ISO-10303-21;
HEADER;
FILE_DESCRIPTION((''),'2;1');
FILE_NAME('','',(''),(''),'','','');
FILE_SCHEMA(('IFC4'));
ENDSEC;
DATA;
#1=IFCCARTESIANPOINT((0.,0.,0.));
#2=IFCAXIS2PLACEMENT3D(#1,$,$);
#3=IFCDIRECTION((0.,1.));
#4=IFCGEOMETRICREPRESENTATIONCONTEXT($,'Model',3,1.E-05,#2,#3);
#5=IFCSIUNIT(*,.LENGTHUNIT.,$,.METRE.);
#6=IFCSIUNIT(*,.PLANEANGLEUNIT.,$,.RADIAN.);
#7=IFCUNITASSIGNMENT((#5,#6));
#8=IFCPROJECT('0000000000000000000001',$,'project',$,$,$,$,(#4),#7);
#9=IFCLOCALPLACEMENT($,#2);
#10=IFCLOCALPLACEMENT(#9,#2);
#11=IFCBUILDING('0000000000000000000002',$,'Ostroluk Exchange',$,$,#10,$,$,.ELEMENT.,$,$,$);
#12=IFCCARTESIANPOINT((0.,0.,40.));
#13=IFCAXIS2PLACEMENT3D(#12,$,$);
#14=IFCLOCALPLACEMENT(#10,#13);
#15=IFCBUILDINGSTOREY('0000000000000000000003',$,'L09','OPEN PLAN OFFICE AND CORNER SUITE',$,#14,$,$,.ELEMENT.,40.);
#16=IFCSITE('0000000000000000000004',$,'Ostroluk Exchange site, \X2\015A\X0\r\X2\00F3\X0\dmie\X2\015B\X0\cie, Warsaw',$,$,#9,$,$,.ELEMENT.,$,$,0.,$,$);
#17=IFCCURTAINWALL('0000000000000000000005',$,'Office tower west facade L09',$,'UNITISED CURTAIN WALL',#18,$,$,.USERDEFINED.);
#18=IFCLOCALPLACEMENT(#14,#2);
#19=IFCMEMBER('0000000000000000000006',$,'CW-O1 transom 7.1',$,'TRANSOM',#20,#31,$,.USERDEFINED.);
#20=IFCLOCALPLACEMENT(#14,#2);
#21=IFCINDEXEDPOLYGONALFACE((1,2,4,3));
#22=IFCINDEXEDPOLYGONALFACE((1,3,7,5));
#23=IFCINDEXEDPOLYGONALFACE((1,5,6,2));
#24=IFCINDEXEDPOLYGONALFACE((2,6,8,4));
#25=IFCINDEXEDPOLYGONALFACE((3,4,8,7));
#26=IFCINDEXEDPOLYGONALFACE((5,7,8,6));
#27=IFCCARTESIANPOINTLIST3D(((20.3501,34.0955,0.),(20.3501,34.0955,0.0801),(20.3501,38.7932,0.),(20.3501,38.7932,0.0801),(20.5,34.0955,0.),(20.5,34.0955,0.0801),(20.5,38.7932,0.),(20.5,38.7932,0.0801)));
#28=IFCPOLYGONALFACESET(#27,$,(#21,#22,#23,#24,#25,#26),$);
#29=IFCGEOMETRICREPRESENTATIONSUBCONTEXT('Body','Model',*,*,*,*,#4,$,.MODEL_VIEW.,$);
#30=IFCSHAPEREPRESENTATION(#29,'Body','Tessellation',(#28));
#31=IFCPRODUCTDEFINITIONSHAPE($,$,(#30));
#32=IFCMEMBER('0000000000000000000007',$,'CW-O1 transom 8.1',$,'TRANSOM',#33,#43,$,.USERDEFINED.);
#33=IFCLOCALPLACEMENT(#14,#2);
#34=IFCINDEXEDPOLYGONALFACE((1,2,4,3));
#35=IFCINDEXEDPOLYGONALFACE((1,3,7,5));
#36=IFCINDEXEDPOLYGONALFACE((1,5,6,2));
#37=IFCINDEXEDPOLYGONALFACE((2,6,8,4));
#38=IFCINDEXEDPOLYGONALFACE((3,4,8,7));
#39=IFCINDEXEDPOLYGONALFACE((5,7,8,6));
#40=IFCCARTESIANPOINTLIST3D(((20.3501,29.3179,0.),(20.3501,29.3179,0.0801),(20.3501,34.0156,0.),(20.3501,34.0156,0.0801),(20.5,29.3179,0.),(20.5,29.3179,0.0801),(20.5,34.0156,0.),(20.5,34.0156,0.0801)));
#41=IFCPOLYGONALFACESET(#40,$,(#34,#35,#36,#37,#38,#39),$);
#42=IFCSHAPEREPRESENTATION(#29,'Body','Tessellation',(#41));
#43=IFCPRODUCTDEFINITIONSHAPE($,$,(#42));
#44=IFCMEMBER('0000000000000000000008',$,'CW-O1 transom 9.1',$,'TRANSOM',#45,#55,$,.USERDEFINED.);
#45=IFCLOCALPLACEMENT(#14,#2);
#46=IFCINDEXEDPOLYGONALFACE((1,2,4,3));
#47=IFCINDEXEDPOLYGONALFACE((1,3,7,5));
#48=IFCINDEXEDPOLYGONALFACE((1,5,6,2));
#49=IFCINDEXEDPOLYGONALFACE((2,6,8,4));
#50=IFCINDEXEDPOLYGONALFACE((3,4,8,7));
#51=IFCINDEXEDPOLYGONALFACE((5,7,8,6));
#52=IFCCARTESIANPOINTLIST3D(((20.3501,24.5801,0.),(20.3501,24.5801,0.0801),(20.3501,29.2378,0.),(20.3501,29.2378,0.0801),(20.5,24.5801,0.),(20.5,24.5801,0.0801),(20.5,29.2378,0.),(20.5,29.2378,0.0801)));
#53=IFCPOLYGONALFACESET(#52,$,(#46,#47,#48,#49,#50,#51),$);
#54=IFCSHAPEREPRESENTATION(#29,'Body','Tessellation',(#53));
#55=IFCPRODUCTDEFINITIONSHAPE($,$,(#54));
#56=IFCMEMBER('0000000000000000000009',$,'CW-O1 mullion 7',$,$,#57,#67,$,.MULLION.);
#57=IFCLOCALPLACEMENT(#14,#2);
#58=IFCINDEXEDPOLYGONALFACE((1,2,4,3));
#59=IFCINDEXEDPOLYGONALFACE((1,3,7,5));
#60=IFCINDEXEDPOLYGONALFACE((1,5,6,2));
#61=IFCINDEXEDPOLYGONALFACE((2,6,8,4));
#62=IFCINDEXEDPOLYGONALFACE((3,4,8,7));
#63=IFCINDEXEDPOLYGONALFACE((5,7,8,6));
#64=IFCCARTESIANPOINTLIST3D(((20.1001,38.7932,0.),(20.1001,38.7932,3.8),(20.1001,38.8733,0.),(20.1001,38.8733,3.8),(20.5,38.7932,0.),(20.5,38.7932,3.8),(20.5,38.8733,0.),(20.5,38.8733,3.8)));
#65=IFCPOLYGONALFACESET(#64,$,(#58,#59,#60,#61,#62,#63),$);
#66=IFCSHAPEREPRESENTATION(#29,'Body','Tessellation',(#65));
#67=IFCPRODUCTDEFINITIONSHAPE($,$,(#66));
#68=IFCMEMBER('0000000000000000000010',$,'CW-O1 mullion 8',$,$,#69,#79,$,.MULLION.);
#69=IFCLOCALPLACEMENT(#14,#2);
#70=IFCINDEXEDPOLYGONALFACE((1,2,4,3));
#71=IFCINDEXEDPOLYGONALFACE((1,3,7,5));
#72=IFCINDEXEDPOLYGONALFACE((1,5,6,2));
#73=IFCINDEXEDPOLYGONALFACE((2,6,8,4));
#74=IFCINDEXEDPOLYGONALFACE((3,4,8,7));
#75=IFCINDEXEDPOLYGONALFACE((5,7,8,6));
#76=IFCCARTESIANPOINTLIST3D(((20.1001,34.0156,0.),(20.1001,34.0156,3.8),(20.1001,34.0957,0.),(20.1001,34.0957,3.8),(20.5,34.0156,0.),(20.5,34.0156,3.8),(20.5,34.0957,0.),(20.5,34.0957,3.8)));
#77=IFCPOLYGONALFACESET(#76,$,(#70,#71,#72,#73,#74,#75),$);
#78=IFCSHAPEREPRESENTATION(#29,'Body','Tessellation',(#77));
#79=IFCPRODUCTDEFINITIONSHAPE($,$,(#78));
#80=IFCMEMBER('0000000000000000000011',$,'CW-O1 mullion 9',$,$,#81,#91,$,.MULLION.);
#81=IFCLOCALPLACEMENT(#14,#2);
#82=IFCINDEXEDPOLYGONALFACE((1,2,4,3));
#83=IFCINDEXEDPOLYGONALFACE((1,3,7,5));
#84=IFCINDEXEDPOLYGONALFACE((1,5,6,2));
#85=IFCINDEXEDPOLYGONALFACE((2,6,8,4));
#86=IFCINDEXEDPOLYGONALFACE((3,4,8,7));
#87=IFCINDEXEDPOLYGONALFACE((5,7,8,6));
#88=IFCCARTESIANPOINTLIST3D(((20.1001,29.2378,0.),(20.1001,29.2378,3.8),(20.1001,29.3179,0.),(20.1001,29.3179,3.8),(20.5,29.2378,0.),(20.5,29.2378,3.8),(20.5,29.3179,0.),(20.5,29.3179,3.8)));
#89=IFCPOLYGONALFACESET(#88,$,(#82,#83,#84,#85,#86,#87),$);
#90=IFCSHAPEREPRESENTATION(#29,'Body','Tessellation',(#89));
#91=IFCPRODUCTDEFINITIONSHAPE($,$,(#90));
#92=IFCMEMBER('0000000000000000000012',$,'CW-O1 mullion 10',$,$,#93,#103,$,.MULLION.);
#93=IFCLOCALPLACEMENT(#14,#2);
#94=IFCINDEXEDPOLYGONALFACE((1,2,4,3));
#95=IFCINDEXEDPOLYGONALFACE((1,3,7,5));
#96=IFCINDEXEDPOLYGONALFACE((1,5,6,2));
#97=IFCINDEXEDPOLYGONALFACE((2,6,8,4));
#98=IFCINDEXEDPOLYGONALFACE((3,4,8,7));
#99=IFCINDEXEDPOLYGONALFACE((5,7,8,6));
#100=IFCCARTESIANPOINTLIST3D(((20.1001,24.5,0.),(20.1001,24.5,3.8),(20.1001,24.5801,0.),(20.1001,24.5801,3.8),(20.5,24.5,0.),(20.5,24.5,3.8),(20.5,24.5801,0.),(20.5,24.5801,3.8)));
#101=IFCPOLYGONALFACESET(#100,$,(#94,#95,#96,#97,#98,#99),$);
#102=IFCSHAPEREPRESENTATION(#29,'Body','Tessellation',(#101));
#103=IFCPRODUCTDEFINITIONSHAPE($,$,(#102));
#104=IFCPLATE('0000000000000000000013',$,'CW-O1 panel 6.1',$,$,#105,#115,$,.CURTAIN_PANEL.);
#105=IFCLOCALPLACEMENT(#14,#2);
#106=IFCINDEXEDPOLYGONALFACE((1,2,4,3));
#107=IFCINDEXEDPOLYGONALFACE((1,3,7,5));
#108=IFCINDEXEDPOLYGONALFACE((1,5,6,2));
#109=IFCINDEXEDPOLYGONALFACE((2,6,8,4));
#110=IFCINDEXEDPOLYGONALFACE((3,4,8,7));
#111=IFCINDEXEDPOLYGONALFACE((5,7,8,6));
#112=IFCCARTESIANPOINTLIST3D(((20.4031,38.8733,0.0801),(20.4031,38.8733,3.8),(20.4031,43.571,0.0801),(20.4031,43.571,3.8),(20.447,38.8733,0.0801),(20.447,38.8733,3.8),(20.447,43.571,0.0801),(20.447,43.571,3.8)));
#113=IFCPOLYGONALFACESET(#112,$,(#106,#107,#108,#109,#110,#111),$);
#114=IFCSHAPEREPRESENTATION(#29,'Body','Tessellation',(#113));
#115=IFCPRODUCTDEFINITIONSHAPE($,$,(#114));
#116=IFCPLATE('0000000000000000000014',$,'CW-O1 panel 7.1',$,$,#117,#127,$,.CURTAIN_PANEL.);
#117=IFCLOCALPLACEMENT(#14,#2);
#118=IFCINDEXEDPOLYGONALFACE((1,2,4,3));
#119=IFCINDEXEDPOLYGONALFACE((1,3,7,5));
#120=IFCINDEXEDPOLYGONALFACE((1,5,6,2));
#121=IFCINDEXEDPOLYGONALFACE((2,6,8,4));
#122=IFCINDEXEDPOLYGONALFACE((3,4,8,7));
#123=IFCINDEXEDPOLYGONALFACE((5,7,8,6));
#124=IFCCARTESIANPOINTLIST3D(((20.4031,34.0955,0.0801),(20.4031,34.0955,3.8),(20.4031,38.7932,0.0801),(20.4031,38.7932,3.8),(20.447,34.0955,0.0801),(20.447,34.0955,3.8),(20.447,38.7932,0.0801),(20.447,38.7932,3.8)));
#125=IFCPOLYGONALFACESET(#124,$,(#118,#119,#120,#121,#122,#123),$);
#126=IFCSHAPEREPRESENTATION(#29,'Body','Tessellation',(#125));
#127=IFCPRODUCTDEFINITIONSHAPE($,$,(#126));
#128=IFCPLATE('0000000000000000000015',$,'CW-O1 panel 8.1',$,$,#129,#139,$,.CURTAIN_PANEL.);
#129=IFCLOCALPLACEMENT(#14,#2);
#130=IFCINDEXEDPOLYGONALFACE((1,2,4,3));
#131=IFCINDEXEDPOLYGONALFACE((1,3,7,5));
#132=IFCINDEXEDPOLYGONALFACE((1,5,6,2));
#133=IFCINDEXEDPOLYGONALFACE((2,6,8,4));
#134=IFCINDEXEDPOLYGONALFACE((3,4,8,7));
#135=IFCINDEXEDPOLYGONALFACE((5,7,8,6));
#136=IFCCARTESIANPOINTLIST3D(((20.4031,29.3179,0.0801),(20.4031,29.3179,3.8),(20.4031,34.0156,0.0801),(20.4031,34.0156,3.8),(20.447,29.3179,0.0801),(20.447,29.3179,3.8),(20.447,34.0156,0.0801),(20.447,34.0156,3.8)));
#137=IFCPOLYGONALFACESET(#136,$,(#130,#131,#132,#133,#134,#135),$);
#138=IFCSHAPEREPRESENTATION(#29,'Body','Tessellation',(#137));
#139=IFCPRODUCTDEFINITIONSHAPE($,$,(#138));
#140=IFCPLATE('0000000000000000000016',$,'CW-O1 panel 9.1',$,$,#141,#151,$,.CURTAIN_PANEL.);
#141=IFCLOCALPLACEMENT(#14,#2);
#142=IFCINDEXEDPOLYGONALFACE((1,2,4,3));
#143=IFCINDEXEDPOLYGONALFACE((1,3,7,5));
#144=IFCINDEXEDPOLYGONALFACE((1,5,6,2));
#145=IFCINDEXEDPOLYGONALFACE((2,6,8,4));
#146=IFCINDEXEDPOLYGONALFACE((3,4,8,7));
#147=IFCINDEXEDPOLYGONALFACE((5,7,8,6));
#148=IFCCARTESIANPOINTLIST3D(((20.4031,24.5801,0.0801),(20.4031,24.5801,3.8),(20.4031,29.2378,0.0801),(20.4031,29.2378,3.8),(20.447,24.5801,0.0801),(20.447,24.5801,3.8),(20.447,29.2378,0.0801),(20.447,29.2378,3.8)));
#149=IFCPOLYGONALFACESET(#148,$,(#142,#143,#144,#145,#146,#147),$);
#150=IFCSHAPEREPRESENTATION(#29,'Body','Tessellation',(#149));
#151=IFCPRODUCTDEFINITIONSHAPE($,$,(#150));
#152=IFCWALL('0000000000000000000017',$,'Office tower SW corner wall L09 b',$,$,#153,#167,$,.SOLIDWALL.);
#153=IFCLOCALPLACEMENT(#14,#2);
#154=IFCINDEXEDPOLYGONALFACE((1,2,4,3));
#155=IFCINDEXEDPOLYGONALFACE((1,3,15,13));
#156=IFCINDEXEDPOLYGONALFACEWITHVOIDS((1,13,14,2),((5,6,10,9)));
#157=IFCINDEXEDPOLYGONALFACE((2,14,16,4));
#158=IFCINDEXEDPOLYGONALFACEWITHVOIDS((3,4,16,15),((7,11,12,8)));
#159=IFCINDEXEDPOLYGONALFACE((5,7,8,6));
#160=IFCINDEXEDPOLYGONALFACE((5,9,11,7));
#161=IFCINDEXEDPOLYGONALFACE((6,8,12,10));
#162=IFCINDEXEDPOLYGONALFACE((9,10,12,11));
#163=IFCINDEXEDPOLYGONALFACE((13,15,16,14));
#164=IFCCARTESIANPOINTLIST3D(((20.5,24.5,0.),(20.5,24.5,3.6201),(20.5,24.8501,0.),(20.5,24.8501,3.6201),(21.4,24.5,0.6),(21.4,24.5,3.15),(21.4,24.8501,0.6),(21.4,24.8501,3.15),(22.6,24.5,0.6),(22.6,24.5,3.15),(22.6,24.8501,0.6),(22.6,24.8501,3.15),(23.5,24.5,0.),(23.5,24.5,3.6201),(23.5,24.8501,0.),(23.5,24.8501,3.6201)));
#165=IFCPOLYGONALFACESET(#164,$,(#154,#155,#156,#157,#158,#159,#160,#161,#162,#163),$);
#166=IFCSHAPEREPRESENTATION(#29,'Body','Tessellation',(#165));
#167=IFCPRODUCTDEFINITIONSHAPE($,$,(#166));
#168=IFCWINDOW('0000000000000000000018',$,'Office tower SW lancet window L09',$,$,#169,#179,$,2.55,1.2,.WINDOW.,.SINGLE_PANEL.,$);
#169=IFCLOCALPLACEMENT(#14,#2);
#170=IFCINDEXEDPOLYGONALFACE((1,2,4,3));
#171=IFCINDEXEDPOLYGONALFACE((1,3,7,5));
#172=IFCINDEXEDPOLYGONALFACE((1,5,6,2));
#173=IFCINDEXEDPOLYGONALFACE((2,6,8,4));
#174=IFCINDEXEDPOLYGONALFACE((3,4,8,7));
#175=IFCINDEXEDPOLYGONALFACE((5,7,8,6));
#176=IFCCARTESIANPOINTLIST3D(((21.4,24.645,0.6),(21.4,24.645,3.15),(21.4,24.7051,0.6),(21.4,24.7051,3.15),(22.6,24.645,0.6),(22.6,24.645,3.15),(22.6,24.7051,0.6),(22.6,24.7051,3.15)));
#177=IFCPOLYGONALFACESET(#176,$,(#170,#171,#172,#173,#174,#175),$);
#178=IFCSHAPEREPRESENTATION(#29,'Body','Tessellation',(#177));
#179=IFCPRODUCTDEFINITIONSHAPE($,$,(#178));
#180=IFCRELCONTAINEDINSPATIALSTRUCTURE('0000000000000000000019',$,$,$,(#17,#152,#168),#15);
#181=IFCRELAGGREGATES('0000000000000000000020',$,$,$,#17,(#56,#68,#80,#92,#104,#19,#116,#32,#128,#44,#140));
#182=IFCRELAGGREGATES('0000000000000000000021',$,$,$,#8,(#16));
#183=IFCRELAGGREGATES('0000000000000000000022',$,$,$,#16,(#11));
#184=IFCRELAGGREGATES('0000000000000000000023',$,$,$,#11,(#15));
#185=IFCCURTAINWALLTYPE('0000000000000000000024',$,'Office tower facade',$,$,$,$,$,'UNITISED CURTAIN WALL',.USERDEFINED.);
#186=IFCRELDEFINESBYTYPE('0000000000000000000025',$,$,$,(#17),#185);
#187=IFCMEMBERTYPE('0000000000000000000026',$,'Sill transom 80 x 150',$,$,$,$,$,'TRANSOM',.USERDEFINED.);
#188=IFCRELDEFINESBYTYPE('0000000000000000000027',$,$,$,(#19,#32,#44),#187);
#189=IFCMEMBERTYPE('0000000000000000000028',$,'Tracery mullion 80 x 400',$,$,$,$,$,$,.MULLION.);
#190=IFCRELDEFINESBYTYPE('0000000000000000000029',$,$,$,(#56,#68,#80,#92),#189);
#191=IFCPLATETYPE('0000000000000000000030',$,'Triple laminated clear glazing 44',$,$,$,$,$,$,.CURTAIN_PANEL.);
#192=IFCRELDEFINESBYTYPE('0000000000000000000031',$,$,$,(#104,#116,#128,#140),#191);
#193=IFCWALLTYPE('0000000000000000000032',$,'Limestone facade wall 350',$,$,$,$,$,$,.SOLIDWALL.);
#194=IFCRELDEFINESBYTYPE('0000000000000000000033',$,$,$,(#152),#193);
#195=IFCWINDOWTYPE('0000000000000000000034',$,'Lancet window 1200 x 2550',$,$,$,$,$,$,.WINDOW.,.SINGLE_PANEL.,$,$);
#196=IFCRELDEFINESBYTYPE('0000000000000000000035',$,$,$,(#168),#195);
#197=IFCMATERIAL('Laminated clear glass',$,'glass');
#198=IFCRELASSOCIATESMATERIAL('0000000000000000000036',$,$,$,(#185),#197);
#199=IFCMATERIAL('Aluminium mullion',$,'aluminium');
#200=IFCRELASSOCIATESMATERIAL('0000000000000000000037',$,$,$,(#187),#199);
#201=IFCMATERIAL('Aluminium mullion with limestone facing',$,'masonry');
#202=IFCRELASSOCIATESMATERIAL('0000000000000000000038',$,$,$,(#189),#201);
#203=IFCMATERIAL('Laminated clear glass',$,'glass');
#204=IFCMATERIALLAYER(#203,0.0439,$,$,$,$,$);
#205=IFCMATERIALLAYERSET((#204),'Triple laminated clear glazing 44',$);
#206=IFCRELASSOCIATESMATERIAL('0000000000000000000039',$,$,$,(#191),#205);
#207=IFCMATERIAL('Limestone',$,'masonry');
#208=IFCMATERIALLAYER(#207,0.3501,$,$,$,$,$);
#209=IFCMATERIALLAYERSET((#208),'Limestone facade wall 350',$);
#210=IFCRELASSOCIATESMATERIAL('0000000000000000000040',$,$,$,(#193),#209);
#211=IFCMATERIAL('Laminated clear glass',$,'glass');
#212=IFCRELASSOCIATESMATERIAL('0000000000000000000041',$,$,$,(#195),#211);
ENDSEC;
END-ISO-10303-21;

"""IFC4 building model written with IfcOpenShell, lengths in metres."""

from ifc_helpers import new_model, si_unit, direction, frame, frame_2d, origin, origin_2d, place, context, subcontext, project, spatial, rectangle, extrude, material, layer, layer_set, material_profile, profile_set, type_object, element, fill, aggregate, save


model = new_model("IFC4")

# Units and contexts
model_context = context("Model", 3, precision=1e-05, world=origin(), true_north=direction((0.0, 1.0)))
body_context = subcontext(model_context, "Body", "Model", "MODEL_VIEW")
ifc_project = project(units=[si_unit("LENGTHUNIT", "METRE"), si_unit("PLANEANGLEUNIT", "RADIAN")], contexts=[model_context])

# Site, building, storey
site_placement = place(None, origin())
site = spatial("IfcSite", under=ifc_project, at=site_placement, Name="Ostroluk Exchange site, Śródmieście, Warsaw", CompositionType="ELEMENT", RefElevation=0.0)
building_placement = place(site_placement, origin())
building = spatial("IfcBuilding", under=site, at=building_placement, Name="Ostroluk Exchange", CompositionType="ELEMENT")
storey_placement = place(building_placement, frame((0.0, 0.0, 40.0)))
storey = spatial("IfcBuildingStorey", under=building, at=storey_placement, Name="L09", Description="OPEN PLAN OFFICE AND CORNER SUITE", CompositionType="ELEMENT", Elevation=40.0)

# Curtain wall, members, plates
ifc_material_1 = material(Name="Laminated clear glass", Category="glass")
curtain_wall_type = type_object("IfcCurtainWallType", Name="Office tower facade", ElementType="UNITISED CURTAIN WALL", PredefinedType="USERDEFINED", material=ifc_material_1)
curtain_wall_placement = place(storey_placement, origin())
curtain_wall = element("IfcCurtainWall", 1, at=curtain_wall_placement, inside=storey, type_object=curtain_wall_type, Name="Office tower west facade L09", ObjectType="UNITISED CURTAIN WALL", PredefinedType="USERDEFINED")
ifc_material_2 = material(Name="Aluminium mullion", Category="aluminium")
ifc_material_profile_1 = material_profile(ifc_material_2, rectangle(XDim=0.1499, YDim=0.0801, at=origin_2d()), Name="Sill transom 80 x 150")
ifc_profile_set_1 = profile_set([ifc_material_profile_1], Name="Aluminium mullion")
member_type_1 = type_object("IfcMemberType", Name="Sill transom 80 x 150", ElementType="TRANSOM", PredefinedType="USERDEFINED", material=ifc_profile_set_1)
member_1_placement = place(storey_placement, frame((20.425, 38.7932, 0.04), z_axis=(0.0, -1.0, 0.0), x_axis=(1.0, 0.0, 0.0)))
member_1 = element("IfcMember", 2, at=member_1_placement, type_object=member_type_1, Name="CW-O1 transom 7.1", ObjectType="TRANSOM", PredefinedType="USERDEFINED", context=body_context, shape_type="SweptSolid", body=[
    extrude(rectangle(XDim=0.1499, YDim=0.0801, at=origin_2d()), origin(), (0.0, 0.0, 1.0), 4.6978),
])
member_2_placement = place(storey_placement, frame((20.425, 34.0156, 0.04), z_axis=(0.0, -1.0, 0.0), x_axis=(1.0, 0.0, 0.0)))
member_2 = element("IfcMember", 3, at=member_2_placement, type_object=member_type_1, Name="CW-O1 transom 8.1", ObjectType="TRANSOM", PredefinedType="USERDEFINED", context=body_context, shape_type="SweptSolid", body=[
    extrude(rectangle(XDim=0.1499, YDim=0.0801, at=origin_2d()), origin(), (0.0, 0.0, 1.0), 4.6978),
])
member_3_placement = place(storey_placement, frame((20.425, 29.2378, 0.04), z_axis=(0.0, -1.0, 0.0), x_axis=(1.0, 0.0, 0.0)))
member_3 = element("IfcMember", 4, at=member_3_placement, type_object=member_type_1, Name="CW-O1 transom 9.1", ObjectType="TRANSOM", PredefinedType="USERDEFINED", context=body_context, shape_type="SweptSolid", body=[
    extrude(rectangle(XDim=0.1499, YDim=0.0801, at=origin_2d()), origin(), (0.0, 0.0, 1.0), 4.6577),
])
ifc_material_3 = material(Name="Aluminium mullion with limestone facing", Category="masonry")
ifc_material_profile_2 = material_profile(ifc_material_3, rectangle(XDim=0.3999, YDim=0.0801, at=origin_2d()), Name="Tracery mullion 80 x 400")
ifc_profile_set_2 = profile_set([ifc_material_profile_2], Name="Aluminium mullion with limestone facing")
member_type_2 = type_object("IfcMemberType", Name="Tracery mullion 80 x 400", PredefinedType="MULLION", material=ifc_profile_set_2)
member_4_placement = place(storey_placement, frame((20.3, 38.8333, 0.0), z_axis=(0.0, 0.0, 1.0), x_axis=(1.0, 0.0, 0.0)))
member_4 = element("IfcMember", 5, at=member_4_placement, type_object=member_type_2, Name="CW-O1 mullion 7", PredefinedType="MULLION", context=body_context, shape_type="SweptSolid", body=[
    extrude(rectangle(XDim=0.3999, YDim=0.0801, at=origin_2d()), origin(), (0.0, 0.0, 1.0), 3.8),
])
member_5_placement = place(storey_placement, frame((20.3, 34.0557, 0.0), z_axis=(0.0, 0.0, 1.0), x_axis=(1.0, 0.0, 0.0)))
member_5 = element("IfcMember", 6, at=member_5_placement, type_object=member_type_2, Name="CW-O1 mullion 8", PredefinedType="MULLION", context=body_context, shape_type="SweptSolid", body=[
    extrude(rectangle(XDim=0.3999, YDim=0.0801, at=origin_2d()), origin(), (0.0, 0.0, 1.0), 3.8),
])
member_6_placement = place(storey_placement, frame((20.3, 29.2778, 0.0), z_axis=(0.0, 0.0, 1.0), x_axis=(1.0, 0.0, 0.0)))
member_6 = element("IfcMember", 7, at=member_6_placement, type_object=member_type_2, Name="CW-O1 mullion 9", PredefinedType="MULLION", context=body_context, shape_type="SweptSolid", body=[
    extrude(rectangle(XDim=0.3999, YDim=0.0801, at=origin_2d()), origin(), (0.0, 0.0, 1.0), 3.8),
])
member_7_placement = place(storey_placement, frame((20.3, 24.54, 0.0), z_axis=(0.0, 0.0, 1.0), x_axis=(1.0, 0.0, 0.0)))
member_7 = element("IfcMember", 8, at=member_7_placement, type_object=member_type_2, Name="CW-O1 mullion 10", PredefinedType="MULLION", context=body_context, shape_type="SweptSolid", body=[
    extrude(rectangle(XDim=0.3999, YDim=0.0801, at=origin_2d()), origin(), (0.0, 0.0, 1.0), 3.8),
])
ifc_material_4 = material(Name="Laminated clear glass", Category="glass")
ifc_layer_1 = layer(ifc_material_4, 0.0439)
ifc_layer_set_1 = layer_set([ifc_layer_1], Name="Triple laminated clear glazing 44")
plate_type = type_object("IfcPlateType", Name="Triple laminated clear glazing 44", PredefinedType="CURTAIN_PANEL", material=ifc_layer_set_1)
plate_1_placement = place(storey_placement, frame((20.425, 41.2222, 0.0801), z_axis=(0.0, 0.0, 1.0), x_axis=(0.0, -1.0, 0.0)))
plate_1 = element("IfcPlate", 9, at=plate_1_placement, type_object=plate_type, Name="CW-O1 panel 6.1", PredefinedType="CURTAIN_PANEL", context=body_context, shape_type="SweptSolid", body=[
    extrude(rectangle(XDim=4.6978, YDim=0.0439, at=origin_2d()), origin(), (0.0, 0.0, 1.0), 3.72),
])
plate_2_placement = place(storey_placement, frame((20.425, 36.4443, 0.0801), z_axis=(0.0, 0.0, 1.0), x_axis=(0.0, -1.0, 0.0)))
plate_2 = element("IfcPlate", 10, at=plate_2_placement, type_object=plate_type, Name="CW-O1 panel 7.1", PredefinedType="CURTAIN_PANEL", context=body_context, shape_type="SweptSolid", body=[
    extrude(rectangle(XDim=4.6978, YDim=0.0439, at=origin_2d()), origin(), (0.0, 0.0, 1.0), 3.72),
])
plate_3_placement = place(storey_placement, frame((20.425, 31.6667, 0.0801), z_axis=(0.0, 0.0, 1.0), x_axis=(0.0, -1.0, 0.0)))
plate_3 = element("IfcPlate", 11, at=plate_3_placement, type_object=plate_type, Name="CW-O1 panel 8.1", PredefinedType="CURTAIN_PANEL", context=body_context, shape_type="SweptSolid", body=[
    extrude(rectangle(XDim=4.6978, YDim=0.0439, at=origin_2d()), origin(), (0.0, 0.0, 1.0), 3.72),
])
plate_4_placement = place(storey_placement, frame((20.425, 26.9089, 0.0801), z_axis=(0.0, 0.0, 1.0), x_axis=(0.0, -1.0, 0.0)))
plate_4 = element("IfcPlate", 12, at=plate_4_placement, type_object=plate_type, Name="CW-O1 panel 9.1", PredefinedType="CURTAIN_PANEL", context=body_context, shape_type="SweptSolid", body=[
    extrude(rectangle(XDim=4.6577, YDim=0.0439, at=origin_2d()), origin(), (0.0, 0.0, 1.0), 3.72),
])
aggregate(curtain_wall, [member_4, member_5, member_6, member_7, plate_1, member_1, plate_2, member_2, plate_3, member_3, plate_4])

# Wall, opening, window
ifc_material_5 = material(Name="Limestone", Category="masonry")
ifc_layer_2 = layer(ifc_material_5, 0.3501)
ifc_layer_set_2 = layer_set([ifc_layer_2], Name="Limestone facade wall 350")
wall_type = type_object("IfcWallType", Name="Limestone facade wall 350", PredefinedType="SOLIDWALL", material=ifc_layer_set_2)
wall_placement = place(storey_placement, frame((23.5, 24.675, 0.0), z_axis=(0.0, 0.0, 1.0), x_axis=(-1.0, 0.0, 0.0)))
wall = element("IfcWall", 13, at=wall_placement, inside=storey, type_object=wall_type, Name="Office tower SW corner wall L09 b", PredefinedType="SOLIDWALL", context=body_context, shape_type="SweptSolid", body=[
    extrude(rectangle(XDim=3.0, YDim=0.3501, at=frame_2d((1.5, 0.0))), origin(), (0.0, 0.0, 1.0), 3.6201),
])
opening_placement = place(wall_placement, frame((0.8999, 0.0, 0.6001)))
opening = element("IfcOpeningElement", 14, at=opening_placement, cuts=wall, PredefinedType="OPENING", context=body_context, shape_type="SweptSolid", body=[
    extrude(rectangle(XDim=1.2, YDim=2.55, at=frame_2d((0.6001, 1.2749))), frame((0.0, 0.1851, 0.0), z_axis=(0.0, -1.0, 0.0), x_axis=(1.0, 0.0, 0.0)), (0.0, 0.0, 1.0), 0.3701),
])
ifc_material_6 = material(Name="Laminated clear glass", Category="glass")
window_type = type_object("IfcWindowType", Name="Lancet window 1200 x 2550", PartitioningType="SINGLE_PANEL", PredefinedType="WINDOW", material=ifc_material_6)
window_placement = place(opening_placement, origin())
window = element("IfcWindow", 15, at=window_placement, inside=storey, type_object=window_type, Name="Office tower SW lancet window L09", OverallHeight=2.55, OverallWidth=1.2, PartitioningType="SINGLE_PANEL", PredefinedType="WINDOW", context=body_context, shape_type="SweptSolid", body=[
    extrude(rectangle(XDim=1.2, YDim=2.55, at=frame_2d((0.6001, 1.2749))), frame((0.0, 0.03, 0.0), z_axis=(0.0, -1.0, 0.0), x_axis=(1.0, 0.0, 0.0)), (0.0, 0.0, 1.0), 0.0601),
])
fill(opening, window)

save(model, "model.ifc")
